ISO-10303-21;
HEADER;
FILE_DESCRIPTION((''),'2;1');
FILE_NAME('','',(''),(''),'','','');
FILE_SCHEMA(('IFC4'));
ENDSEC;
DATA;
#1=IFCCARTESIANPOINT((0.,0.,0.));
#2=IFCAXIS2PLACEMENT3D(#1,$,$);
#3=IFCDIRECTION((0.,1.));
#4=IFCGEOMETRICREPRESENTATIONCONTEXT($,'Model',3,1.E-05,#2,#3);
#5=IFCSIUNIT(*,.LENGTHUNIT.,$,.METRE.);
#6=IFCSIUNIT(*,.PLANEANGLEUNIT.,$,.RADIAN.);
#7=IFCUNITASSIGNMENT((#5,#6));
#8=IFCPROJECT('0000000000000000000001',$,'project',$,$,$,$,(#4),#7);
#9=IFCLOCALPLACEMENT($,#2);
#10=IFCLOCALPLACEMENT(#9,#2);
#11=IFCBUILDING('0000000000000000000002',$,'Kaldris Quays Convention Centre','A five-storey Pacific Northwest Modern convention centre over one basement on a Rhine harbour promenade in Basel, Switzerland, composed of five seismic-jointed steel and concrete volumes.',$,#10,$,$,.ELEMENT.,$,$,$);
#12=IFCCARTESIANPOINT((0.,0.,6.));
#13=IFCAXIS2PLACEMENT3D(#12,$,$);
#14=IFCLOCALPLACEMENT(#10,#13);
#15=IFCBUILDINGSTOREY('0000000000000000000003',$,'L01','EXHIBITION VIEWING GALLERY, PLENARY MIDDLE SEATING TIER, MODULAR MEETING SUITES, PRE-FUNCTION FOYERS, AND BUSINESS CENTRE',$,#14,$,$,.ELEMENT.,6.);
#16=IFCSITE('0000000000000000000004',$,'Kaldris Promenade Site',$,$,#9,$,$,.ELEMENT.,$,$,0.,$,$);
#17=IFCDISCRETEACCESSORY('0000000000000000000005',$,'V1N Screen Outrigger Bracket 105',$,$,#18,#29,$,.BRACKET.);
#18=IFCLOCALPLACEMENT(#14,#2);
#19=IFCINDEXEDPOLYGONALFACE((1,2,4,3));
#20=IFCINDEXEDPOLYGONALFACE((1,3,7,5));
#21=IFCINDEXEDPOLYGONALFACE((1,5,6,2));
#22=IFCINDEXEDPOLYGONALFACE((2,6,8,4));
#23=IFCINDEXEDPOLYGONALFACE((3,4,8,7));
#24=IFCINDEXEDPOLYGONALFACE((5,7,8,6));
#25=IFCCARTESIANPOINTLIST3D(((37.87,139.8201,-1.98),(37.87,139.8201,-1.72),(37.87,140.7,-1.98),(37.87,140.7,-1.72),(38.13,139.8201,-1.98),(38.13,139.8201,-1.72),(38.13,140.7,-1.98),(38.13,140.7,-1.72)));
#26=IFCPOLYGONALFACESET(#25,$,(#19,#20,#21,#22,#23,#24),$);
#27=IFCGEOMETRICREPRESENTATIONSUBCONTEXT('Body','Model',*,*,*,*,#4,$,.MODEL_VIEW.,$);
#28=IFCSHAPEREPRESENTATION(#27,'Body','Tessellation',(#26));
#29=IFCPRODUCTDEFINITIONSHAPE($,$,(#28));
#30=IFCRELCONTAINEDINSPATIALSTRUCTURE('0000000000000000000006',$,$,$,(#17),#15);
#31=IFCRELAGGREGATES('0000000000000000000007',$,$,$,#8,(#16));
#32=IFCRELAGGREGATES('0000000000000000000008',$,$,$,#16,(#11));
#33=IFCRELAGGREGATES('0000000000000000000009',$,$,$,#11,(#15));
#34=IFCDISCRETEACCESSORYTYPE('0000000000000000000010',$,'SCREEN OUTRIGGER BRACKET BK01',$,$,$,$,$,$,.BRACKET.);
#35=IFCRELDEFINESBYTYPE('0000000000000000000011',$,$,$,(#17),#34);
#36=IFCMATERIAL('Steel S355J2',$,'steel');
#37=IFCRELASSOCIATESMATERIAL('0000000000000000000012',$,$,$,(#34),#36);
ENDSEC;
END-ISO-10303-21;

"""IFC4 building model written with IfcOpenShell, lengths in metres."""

from ifc_helpers import new_model, si_unit, direction, frame, origin, origin_2d, place, context, subcontext, project, spatial, rectangle, extrude, material, type_object, element, save


model = new_model("IFC4")

# Units and contexts
model_context = context("Model", 3, precision=1e-05, world=origin(), true_north=direction((0.0, 1.0)))
body_context = subcontext(model_context, "Body", "Model", "MODEL_VIEW")
ifc_project = project(units=[si_unit("LENGTHUNIT", "METRE"), si_unit("PLANEANGLEUNIT", "RADIAN")], contexts=[model_context])

# Site, building, storey
site_placement = place(None, origin())
site = spatial("IfcSite", under=ifc_project, at=site_placement, Name="Kaldris Promenade Site", CompositionType="ELEMENT", RefElevation=0.0)
building_placement = place(site_placement, origin())
building = spatial("IfcBuilding", under=site, at=building_placement, Name="Kaldris Quays Convention Centre", Description="A five-storey Pacific Northwest Modern convention centre over one basement on a Rhine harbour promenade in Basel, Switzerland, composed of five seismic-jointed steel and concrete volumes.", CompositionType="ELEMENT")
storey_placement = place(building_placement, frame((0.0, 0.0, 6.0)))
storey = spatial("IfcBuildingStorey", under=building, at=storey_placement, Name="L01", Description="EXHIBITION VIEWING GALLERY, PLENARY MIDDLE SEATING TIER, MODULAR MEETING SUITES, PRE-FUNCTION FOYERS, AND BUSINESS CENTRE", CompositionType="ELEMENT", Elevation=6.0)

# Shared definitions
ifc_material_1 = material(Name="Steel S355J2", Category="steel")

# Discrete accessory
discrete_accessory_type = type_object("IfcDiscreteAccessoryType", Name="SCREEN OUTRIGGER BRACKET BK01", PredefinedType="BRACKET", material=ifc_material_1)
discrete_accessory_1_placement = place(storey_placement, frame((38.0, 140.26, -1.98), z_axis=(0.0, 0.0, 1.0), x_axis=(1.0, 0.0, 0.0)))
element("IfcDiscreteAccessory", 1, at=discrete_accessory_1_placement, inside=storey, type_object=discrete_accessory_type, Name="V1N Screen Outrigger Bracket 105", PredefinedType="BRACKET", context=body_context, shape_type="SweptSolid", body=[
    extrude(rectangle(XDim=0.26, YDim=0.8799, at=origin_2d()), origin(), (0.0, 0.0, 1.0), 0.26),
])

save(model, "model.ifc")
